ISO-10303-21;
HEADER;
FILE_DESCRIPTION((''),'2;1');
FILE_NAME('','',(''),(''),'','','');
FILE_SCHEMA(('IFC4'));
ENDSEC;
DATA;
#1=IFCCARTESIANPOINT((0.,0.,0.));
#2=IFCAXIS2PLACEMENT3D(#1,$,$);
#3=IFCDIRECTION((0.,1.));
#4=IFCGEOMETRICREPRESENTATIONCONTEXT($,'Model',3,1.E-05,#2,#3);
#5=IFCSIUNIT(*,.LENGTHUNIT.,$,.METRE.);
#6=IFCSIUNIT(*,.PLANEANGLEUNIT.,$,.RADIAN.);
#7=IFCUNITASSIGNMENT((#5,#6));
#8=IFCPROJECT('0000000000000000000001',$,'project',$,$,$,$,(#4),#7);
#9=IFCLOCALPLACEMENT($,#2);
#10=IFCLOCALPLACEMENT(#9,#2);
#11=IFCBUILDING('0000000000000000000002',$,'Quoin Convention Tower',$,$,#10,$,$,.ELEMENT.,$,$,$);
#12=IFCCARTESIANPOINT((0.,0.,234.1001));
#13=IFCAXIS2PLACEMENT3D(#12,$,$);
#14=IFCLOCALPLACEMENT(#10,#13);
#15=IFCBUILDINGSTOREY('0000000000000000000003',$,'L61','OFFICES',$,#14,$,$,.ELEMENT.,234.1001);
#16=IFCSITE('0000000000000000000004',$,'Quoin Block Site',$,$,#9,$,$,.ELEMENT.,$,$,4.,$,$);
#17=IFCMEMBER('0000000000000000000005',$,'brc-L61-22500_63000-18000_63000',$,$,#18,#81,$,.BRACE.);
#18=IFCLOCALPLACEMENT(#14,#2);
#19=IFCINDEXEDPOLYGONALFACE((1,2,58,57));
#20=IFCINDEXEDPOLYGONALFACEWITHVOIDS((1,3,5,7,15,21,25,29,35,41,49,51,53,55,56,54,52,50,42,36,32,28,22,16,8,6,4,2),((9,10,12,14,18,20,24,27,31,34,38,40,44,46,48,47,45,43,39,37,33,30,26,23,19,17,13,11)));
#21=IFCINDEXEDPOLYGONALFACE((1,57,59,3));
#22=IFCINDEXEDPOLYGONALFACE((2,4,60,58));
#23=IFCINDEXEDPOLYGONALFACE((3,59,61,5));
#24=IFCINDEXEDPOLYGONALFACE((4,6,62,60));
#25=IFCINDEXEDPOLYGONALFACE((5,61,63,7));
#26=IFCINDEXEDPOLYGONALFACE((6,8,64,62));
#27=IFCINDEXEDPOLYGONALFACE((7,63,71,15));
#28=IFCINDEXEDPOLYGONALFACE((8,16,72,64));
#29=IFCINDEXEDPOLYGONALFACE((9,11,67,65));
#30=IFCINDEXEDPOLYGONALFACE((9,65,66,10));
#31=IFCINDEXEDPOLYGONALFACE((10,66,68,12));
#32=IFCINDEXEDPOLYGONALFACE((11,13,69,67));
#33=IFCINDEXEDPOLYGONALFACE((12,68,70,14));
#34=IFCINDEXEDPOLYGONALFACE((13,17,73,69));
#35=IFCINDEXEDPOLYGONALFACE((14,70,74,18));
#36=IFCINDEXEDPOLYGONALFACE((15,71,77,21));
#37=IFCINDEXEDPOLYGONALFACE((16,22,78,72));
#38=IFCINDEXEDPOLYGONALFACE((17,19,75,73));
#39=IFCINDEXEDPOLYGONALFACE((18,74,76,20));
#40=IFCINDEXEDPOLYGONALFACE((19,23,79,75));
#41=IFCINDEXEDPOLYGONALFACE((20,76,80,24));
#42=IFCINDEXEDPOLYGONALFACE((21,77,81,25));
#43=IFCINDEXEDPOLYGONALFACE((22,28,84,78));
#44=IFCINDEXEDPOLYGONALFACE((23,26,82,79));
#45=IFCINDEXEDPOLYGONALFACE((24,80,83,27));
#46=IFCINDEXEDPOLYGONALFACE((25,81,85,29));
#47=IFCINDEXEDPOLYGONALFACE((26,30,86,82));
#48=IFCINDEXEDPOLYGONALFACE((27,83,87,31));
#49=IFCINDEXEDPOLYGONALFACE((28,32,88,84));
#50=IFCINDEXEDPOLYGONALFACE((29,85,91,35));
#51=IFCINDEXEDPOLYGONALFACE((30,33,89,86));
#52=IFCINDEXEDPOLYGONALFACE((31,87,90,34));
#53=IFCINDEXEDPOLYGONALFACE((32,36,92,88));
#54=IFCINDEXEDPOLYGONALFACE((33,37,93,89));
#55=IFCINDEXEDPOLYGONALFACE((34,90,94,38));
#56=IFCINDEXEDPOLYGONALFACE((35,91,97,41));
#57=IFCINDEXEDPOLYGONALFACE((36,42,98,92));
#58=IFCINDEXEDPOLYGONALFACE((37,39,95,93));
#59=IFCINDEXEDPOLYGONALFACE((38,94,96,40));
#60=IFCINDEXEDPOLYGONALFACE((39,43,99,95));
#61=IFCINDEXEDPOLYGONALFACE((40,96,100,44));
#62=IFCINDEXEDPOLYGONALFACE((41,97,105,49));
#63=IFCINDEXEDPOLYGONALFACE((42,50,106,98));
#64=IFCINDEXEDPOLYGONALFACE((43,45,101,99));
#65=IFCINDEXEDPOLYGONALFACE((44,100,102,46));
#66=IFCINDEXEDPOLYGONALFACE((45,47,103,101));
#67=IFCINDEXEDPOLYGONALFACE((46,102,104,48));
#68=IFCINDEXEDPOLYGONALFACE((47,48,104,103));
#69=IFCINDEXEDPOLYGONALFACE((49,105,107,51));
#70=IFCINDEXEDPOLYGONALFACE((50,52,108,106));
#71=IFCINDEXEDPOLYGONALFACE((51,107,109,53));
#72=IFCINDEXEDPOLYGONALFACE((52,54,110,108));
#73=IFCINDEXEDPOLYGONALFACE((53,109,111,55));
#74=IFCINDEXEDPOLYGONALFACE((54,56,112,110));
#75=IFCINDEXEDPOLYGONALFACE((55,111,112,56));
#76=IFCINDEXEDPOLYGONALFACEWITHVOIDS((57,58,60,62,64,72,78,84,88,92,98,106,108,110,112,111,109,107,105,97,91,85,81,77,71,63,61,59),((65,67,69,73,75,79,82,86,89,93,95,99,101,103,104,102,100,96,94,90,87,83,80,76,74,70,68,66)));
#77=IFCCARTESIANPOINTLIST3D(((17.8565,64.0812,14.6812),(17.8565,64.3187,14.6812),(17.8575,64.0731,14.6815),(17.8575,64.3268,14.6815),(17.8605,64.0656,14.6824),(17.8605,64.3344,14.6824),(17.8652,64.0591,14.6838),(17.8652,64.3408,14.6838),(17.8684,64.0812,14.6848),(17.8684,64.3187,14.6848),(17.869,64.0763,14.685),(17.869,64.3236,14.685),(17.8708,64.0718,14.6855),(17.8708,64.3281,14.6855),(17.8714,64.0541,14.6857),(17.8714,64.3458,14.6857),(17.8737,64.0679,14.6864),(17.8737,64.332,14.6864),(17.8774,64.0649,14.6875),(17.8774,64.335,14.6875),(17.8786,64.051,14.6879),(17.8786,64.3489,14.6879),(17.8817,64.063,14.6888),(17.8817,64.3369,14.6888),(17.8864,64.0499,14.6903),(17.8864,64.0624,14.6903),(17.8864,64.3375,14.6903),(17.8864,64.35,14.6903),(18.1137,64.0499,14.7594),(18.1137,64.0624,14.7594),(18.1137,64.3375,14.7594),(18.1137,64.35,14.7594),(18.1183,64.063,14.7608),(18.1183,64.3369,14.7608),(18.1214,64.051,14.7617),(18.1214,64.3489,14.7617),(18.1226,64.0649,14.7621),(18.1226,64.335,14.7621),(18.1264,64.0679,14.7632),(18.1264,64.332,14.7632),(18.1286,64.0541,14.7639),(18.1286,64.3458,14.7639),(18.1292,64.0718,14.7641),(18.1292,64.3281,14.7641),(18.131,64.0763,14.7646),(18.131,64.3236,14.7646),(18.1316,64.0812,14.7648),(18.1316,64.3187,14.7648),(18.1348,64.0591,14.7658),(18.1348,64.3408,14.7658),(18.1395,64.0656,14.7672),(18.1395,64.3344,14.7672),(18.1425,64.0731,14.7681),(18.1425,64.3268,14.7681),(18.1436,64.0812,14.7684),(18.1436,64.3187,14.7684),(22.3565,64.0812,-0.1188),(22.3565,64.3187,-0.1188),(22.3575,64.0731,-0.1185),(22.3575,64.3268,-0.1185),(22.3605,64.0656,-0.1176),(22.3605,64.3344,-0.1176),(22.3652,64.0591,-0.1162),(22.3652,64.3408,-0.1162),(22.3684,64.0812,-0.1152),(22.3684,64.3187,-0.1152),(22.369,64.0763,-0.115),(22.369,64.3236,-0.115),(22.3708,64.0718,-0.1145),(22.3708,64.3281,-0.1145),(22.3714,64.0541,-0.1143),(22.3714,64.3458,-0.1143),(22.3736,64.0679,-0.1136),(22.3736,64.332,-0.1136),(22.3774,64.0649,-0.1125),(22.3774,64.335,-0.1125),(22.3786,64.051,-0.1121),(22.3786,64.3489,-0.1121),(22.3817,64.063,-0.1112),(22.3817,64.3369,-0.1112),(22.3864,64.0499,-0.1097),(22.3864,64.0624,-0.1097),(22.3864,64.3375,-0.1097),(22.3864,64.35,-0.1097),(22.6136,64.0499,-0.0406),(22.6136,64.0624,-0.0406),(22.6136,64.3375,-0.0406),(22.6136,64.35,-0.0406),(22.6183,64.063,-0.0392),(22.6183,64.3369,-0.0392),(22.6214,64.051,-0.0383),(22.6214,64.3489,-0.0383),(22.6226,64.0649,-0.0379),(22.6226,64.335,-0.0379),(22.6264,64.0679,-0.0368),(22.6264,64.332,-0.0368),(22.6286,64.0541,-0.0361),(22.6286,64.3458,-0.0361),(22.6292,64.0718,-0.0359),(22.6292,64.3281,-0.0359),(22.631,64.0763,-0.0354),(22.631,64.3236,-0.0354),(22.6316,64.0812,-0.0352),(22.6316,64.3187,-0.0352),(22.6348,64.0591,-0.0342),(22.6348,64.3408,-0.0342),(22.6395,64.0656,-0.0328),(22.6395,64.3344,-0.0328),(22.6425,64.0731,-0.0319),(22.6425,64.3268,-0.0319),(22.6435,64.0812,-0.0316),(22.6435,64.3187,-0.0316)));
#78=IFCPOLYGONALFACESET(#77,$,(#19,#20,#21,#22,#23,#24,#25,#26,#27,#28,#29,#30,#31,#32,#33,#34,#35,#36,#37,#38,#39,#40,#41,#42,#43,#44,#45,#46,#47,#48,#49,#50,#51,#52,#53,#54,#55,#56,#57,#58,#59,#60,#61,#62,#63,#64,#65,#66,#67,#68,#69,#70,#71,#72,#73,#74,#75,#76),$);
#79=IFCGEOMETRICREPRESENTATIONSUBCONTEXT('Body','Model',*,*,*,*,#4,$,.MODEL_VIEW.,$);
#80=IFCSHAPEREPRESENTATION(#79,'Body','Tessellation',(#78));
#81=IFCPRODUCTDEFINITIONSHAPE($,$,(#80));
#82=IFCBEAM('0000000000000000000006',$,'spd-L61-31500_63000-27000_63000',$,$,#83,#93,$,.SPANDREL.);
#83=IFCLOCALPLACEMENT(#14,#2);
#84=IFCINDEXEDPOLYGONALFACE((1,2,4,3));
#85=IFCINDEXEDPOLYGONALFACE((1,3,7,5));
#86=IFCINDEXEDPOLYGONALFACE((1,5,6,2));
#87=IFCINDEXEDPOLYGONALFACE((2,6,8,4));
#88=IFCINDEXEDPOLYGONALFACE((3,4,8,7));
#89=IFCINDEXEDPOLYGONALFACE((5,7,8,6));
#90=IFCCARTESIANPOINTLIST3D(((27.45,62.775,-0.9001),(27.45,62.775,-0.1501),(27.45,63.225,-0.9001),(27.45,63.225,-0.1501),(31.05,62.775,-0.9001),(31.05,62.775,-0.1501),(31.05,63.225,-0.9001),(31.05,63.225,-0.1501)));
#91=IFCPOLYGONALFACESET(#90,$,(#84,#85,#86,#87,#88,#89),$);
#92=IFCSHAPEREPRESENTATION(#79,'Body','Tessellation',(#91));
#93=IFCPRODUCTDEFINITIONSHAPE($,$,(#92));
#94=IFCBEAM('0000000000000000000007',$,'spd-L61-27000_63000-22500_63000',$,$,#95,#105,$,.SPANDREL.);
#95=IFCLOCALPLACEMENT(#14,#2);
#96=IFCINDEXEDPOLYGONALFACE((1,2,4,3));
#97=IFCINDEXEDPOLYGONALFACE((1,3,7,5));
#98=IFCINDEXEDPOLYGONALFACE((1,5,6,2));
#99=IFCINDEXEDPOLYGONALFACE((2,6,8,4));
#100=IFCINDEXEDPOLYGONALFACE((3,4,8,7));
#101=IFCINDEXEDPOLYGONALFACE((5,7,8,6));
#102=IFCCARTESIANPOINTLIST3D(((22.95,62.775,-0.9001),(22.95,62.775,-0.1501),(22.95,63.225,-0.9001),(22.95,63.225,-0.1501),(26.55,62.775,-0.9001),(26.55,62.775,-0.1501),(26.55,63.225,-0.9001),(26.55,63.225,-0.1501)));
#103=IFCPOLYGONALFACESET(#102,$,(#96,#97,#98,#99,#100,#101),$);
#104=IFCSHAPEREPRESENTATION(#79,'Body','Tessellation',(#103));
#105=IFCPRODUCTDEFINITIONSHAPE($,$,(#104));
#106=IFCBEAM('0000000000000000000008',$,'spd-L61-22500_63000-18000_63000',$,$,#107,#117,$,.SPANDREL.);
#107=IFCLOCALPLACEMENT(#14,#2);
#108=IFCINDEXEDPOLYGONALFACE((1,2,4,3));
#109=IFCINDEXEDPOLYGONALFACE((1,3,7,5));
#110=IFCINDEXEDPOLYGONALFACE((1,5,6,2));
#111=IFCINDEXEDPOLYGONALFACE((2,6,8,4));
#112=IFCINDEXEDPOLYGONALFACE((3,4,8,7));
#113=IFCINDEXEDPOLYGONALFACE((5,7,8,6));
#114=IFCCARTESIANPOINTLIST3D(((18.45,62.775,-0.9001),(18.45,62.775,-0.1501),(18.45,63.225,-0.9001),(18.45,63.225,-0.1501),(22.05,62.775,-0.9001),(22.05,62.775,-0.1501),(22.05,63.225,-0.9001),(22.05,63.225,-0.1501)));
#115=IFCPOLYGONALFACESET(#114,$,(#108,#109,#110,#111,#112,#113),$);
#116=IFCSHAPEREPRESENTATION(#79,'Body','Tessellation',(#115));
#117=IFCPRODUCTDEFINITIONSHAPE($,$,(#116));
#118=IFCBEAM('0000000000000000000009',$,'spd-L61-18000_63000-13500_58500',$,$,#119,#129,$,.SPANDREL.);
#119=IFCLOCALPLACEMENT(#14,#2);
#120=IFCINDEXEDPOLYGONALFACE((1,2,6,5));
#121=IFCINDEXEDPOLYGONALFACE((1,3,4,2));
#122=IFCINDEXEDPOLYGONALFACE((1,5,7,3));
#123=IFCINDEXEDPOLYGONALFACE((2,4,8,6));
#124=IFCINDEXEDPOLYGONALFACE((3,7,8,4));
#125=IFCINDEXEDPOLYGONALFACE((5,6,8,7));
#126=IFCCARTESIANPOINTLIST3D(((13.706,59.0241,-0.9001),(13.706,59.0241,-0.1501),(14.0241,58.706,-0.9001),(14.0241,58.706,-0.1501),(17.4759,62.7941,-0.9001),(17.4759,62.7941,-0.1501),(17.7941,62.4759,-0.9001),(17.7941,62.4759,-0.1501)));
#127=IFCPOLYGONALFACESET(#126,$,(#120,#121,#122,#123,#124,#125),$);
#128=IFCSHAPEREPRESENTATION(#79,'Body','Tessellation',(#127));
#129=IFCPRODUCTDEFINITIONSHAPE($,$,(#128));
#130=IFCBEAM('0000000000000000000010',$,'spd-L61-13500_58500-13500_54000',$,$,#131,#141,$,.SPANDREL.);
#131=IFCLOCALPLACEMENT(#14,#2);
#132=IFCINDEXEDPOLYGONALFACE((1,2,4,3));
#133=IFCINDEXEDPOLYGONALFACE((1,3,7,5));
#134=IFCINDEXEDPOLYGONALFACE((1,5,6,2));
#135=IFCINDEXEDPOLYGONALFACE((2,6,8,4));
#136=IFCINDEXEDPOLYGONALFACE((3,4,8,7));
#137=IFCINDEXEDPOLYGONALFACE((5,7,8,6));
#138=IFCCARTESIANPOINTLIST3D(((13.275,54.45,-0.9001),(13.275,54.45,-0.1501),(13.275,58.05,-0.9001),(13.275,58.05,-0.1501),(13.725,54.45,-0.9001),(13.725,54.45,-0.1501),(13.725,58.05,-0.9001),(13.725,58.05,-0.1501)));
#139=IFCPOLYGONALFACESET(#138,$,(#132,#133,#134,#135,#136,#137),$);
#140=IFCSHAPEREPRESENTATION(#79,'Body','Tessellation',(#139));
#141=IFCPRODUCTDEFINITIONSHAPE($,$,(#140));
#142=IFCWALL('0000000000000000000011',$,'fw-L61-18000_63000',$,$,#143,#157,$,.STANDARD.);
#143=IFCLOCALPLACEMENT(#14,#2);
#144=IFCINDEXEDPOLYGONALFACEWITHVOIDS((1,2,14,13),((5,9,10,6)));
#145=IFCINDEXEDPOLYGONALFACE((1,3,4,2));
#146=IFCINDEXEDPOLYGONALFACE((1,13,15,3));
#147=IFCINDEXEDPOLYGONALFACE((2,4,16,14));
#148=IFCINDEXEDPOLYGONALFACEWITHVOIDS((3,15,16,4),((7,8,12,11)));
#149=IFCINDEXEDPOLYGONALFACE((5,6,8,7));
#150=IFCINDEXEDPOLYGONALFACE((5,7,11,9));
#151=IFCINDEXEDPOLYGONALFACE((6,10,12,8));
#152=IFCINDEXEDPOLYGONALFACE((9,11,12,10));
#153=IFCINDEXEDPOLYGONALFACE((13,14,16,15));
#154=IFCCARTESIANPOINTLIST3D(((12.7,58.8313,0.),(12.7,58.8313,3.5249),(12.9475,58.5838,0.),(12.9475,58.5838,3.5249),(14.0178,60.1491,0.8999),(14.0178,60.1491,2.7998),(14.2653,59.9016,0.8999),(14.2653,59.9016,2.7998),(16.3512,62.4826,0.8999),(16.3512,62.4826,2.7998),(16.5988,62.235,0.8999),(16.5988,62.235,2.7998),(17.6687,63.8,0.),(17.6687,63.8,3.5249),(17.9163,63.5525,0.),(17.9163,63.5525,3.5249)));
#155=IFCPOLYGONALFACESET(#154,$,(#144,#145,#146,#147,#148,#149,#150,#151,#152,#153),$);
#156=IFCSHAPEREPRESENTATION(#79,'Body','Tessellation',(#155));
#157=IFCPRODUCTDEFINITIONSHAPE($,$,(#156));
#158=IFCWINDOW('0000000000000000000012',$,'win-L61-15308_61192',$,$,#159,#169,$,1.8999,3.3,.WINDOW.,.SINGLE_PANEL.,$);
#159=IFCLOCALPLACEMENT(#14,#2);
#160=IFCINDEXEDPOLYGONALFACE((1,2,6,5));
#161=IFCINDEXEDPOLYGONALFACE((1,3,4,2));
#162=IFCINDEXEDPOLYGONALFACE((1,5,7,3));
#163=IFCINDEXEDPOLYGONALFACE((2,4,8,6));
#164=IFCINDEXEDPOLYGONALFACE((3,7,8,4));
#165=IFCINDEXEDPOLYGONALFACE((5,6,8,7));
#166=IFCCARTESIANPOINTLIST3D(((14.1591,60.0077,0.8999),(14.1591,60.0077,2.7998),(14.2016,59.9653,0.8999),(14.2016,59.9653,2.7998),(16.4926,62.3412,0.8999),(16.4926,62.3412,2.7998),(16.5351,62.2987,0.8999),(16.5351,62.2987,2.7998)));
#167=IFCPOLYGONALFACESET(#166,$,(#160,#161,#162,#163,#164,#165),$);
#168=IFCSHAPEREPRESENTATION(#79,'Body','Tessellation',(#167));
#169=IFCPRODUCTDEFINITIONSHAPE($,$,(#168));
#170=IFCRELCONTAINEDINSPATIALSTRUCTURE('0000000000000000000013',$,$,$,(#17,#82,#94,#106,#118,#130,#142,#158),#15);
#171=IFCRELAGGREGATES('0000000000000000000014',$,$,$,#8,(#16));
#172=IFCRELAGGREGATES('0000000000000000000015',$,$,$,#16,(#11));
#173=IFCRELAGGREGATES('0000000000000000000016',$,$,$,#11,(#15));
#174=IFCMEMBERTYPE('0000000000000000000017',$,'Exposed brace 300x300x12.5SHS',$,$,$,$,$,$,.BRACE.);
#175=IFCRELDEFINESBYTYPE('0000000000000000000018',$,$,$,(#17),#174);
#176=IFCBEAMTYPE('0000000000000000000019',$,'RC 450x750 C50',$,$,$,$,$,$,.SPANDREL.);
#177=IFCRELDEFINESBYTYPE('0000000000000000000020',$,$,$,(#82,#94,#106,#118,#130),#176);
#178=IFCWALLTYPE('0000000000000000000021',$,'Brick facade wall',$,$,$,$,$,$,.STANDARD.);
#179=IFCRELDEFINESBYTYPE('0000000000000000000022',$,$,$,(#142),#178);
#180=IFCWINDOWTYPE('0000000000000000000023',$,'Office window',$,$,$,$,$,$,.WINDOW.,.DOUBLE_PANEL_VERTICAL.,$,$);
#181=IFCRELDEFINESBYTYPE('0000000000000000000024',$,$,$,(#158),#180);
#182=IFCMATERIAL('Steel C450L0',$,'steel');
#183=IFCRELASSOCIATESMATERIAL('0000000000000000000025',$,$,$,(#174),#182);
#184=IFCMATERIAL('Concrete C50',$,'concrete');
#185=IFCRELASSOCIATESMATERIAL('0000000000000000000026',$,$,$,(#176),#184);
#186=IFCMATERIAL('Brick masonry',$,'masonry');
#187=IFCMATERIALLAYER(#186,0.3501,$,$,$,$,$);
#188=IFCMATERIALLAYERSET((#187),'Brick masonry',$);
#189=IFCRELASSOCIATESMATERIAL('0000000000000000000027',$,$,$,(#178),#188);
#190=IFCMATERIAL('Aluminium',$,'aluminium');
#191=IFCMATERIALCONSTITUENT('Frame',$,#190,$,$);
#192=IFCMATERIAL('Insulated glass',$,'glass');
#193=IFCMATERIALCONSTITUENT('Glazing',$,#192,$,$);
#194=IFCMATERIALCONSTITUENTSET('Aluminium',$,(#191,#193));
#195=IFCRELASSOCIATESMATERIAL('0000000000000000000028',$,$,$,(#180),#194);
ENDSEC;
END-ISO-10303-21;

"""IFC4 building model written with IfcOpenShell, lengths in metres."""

from ifc_helpers import new_model, si_unit, direction, frame, frame_2d, origin, origin_2d, place, context, subcontext, project, spatial, rectangle, hollow_rectangle, extrude, material, layer, layer_set, constituent, constituent_set, material_profile, profile_set, type_object, element, fill, save


model = new_model("IFC4")

# Units and contexts
model_context = context("Model", 3, precision=1e-05, world=origin(), true_north=direction((0.0, 1.0)))
body_context = subcontext(model_context, "Body", "Model", "MODEL_VIEW")
ifc_project = project(units=[si_unit("LENGTHUNIT", "METRE"), si_unit("PLANEANGLEUNIT", "RADIAN")], contexts=[model_context])

# Site, building, storey
site_placement = place(None, origin())
site = spatial("IfcSite", under=ifc_project, at=site_placement, Name="Quoin Block Site", CompositionType="ELEMENT", RefElevation=4.0)
building_placement = place(site_placement, origin())
building = spatial("IfcBuilding", under=site, at=building_placement, Name="Quoin Convention Tower", CompositionType="ELEMENT")
storey_placement = place(building_placement, frame((0.0, 0.0, 234.1001)))
storey = spatial("IfcBuildingStorey", under=building, at=storey_placement, Name="L61", Description="OFFICES", CompositionType="ELEMENT", Elevation=234.1001)

# Shared definitions
ifc_material_1 = material(Name="Concrete C50", Category="concrete")

# Member
ifc_material_2 = material(Name="Steel C450L0", Category="steel")
ifc_material_profile_1 = material_profile(ifc_material_2, hollow_rectangle(XDim=0.3, YDim=0.3, WallThickness=0.0125, InnerFilletRadius=0.0188, OuterFilletRadius=0.0312, at=origin_2d()), Name="300x300x12.5SHS")
ifc_profile_set_1 = profile_set([ifc_material_profile_1], Name="Steel C450L0")
member_type = type_object("IfcMemberType", Name="Exposed brace 300x300x12.5SHS", PredefinedType="BRACE", material=ifc_profile_set_1)
for number, where, z_axis, x_axis, name in (
    (1, (22.5, 64.2, -0.0752), (-0.290903, 0.0, 0.956752), (0.0, -1.0, 0.0), "brc-L61-22500_63000-18000_63000"),
):
    element("IfcMember", number, at=place(storey_placement, frame(where, z_axis=z_axis, x_axis=x_axis)), inside=storey, type_object=member_type, Name=name, PredefinedType="BRACE", context=body_context, shape_type="SweptSolid", body=[
        extrude(hollow_rectangle(XDim=0.3, YDim=0.3, WallThickness=0.0125, InnerFilletRadius=0.0188, OuterFilletRadius=0.0312, at=origin_2d()), origin(), (0.0, 0.0, 1.0), 15.469),
    ])

# Beams
ifc_material_profile_2 = material_profile(ifc_material_1, rectangle(XDim=0.45, YDim=0.75, at=origin_2d()), Name="RC 450x750")
ifc_profile_set_2 = profile_set([ifc_material_profile_2], Name="Concrete C50")
beam_type_1 = type_object("IfcBeamType", Name="RC 450x750 C50", PredefinedType="SPANDREL", material=ifc_profile_set_2)
for number, where, z_axis, x_axis, name in (
    (2, (31.05, 63.0, -0.5251), (-1.0, 0.0, 0.0), (0.0, -1.0, 0.0), "spd-L61-31500_63000-27000_63000"),
    (3, (26.55, 63.0, -0.5251), (-1.0, 0.0, 0.0), (0.0, -1.0, 0.0), "spd-L61-27000_63000-22500_63000"),
    (4, (22.05, 63.0, -0.5251), (-1.0, 0.0, 0.0), (0.0, -1.0, 0.0), "spd-L61-22500_63000-18000_63000"),
):
    element("IfcBeam", number, at=place(storey_placement, frame(where, z_axis=z_axis, x_axis=x_axis)), inside=storey, type_object=beam_type_1, Name=name, PredefinedType="SPANDREL", context=body_context, shape_type="SweptSolid", body=[
        extrude(rectangle(XDim=0.45, YDim=0.75, at=origin_2d()), origin(), (0.0, 0.0, 1.0), 3.6001),
    ])
beam_1_placement = place(storey_placement, frame((17.635, 62.635, -0.5251), z_axis=(-0.707107, -0.707107, 0.0), x_axis=(0.707107, -0.707107, 0.0)))
element("IfcBeam", 5, at=beam_1_placement, inside=storey, type_object=beam_type_1, Name="spd-L61-18000_63000-13500_58500", PredefinedType="SPANDREL", context=body_context, shape_type="SweptSolid", body=[
    extrude(rectangle(XDim=0.45, YDim=0.75, at=origin_2d()), origin(), (0.0, 0.0, 1.0), 5.3315),
])
beam_2_placement = place(storey_placement, frame((13.5, 58.05, -0.5251), z_axis=(0.0, -1.0, 0.0), x_axis=(1.0, 0.0, 0.0)))
element("IfcBeam", 6, at=beam_2_placement, inside=storey, type_object=beam_type_1, Name="spd-L61-13500_58500-13500_54000", PredefinedType="SPANDREL", context=body_context, shape_type="SweptSolid", body=[
    extrude(rectangle(XDim=0.45, YDim=0.75, at=origin_2d()), origin(), (0.0, 0.0, 1.0), 3.6001),
])

# Wall, opening, window
ifc_material_3 = material(Name="Brick masonry", Category="masonry")
ifc_layer_1 = layer(ifc_material_3, 0.3501)
ifc_layer_set_1 = layer_set([ifc_layer_1], Name="Brick masonry")
wall_type_1 = type_object("IfcWallType", Name="Brick facade wall", PredefinedType="STANDARD", material=ifc_layer_set_1)
wall_1_placement = place(storey_placement, frame((17.7925, 63.6763, 0.0), z_axis=(0.0, 0.0, 1.0), x_axis=(-0.707107, -0.707107, 0.0)))
wall_1 = element("IfcWall", 7, at=wall_1_placement, inside=storey, type_object=wall_type_1, Name="fw-L61-18000_63000", PredefinedType="STANDARD", context=body_context, shape_type="SweptSolid", body=[
    extrude(rectangle(XDim=7.0269, YDim=0.3501, at=frame_2d((3.5134, 0.0))), origin(), (0.0, 0.0, 1.0), 3.5249),
])
opening_1_placement = place(wall_1_placement, frame((1.8633, 0.0, 0.8999)))
opening_1 = element("IfcOpeningElement", 8, at=opening_1_placement, cuts=wall_1, PredefinedType="OPENING", context=body_context, shape_type="SweptSolid", body=[
    extrude(rectangle(XDim=3.3, YDim=1.8999, at=frame_2d((1.6499, 0.95))), frame((0.0, 0.1851, 0.0), z_axis=(0.0, -1.0, 0.0), x_axis=(1.0, 0.0, 0.0)), (0.0, 0.0, 1.0), 0.3701),
])
ifc_material_4 = material(Name="Aluminium", Category="aluminium")
ifc_constituent_1 = constituent(ifc_material_4, Name="Frame")
ifc_material_5 = material(Name="Insulated glass", Category="glass")
ifc_constituent_2 = constituent(ifc_material_5, Name="Glazing")
ifc_constituent_set = constituent_set(constituents=[ifc_constituent_1, ifc_constituent_2], Name="Aluminium")
window_type = type_object("IfcWindowType", Name="Office window", PartitioningType="DOUBLE_PANEL_VERTICAL", PredefinedType="WINDOW", material=ifc_constituent_set)
window_1_placement = place(opening_1_placement, origin())
window_1 = element("IfcWindow", 9, at=window_1_placement, inside=storey, type_object=window_type, Name="win-L61-15308_61192", OverallHeight=1.8999, OverallWidth=3.3, PartitioningType="SINGLE_PANEL", PredefinedType="WINDOW", context=body_context, shape_type="SweptSolid", body=[
    extrude(rectangle(XDim=3.3, YDim=1.8999, at=frame_2d((1.6499, 0.95))), frame((0.0, 0.085, 0.0), z_axis=(0.0, -1.0, 0.0), x_axis=(1.0, 0.0, 0.0)), (0.0, 0.0, 1.0), 0.0601),
])
fill(opening_1, window_1)

save(model, "model.ifc")
